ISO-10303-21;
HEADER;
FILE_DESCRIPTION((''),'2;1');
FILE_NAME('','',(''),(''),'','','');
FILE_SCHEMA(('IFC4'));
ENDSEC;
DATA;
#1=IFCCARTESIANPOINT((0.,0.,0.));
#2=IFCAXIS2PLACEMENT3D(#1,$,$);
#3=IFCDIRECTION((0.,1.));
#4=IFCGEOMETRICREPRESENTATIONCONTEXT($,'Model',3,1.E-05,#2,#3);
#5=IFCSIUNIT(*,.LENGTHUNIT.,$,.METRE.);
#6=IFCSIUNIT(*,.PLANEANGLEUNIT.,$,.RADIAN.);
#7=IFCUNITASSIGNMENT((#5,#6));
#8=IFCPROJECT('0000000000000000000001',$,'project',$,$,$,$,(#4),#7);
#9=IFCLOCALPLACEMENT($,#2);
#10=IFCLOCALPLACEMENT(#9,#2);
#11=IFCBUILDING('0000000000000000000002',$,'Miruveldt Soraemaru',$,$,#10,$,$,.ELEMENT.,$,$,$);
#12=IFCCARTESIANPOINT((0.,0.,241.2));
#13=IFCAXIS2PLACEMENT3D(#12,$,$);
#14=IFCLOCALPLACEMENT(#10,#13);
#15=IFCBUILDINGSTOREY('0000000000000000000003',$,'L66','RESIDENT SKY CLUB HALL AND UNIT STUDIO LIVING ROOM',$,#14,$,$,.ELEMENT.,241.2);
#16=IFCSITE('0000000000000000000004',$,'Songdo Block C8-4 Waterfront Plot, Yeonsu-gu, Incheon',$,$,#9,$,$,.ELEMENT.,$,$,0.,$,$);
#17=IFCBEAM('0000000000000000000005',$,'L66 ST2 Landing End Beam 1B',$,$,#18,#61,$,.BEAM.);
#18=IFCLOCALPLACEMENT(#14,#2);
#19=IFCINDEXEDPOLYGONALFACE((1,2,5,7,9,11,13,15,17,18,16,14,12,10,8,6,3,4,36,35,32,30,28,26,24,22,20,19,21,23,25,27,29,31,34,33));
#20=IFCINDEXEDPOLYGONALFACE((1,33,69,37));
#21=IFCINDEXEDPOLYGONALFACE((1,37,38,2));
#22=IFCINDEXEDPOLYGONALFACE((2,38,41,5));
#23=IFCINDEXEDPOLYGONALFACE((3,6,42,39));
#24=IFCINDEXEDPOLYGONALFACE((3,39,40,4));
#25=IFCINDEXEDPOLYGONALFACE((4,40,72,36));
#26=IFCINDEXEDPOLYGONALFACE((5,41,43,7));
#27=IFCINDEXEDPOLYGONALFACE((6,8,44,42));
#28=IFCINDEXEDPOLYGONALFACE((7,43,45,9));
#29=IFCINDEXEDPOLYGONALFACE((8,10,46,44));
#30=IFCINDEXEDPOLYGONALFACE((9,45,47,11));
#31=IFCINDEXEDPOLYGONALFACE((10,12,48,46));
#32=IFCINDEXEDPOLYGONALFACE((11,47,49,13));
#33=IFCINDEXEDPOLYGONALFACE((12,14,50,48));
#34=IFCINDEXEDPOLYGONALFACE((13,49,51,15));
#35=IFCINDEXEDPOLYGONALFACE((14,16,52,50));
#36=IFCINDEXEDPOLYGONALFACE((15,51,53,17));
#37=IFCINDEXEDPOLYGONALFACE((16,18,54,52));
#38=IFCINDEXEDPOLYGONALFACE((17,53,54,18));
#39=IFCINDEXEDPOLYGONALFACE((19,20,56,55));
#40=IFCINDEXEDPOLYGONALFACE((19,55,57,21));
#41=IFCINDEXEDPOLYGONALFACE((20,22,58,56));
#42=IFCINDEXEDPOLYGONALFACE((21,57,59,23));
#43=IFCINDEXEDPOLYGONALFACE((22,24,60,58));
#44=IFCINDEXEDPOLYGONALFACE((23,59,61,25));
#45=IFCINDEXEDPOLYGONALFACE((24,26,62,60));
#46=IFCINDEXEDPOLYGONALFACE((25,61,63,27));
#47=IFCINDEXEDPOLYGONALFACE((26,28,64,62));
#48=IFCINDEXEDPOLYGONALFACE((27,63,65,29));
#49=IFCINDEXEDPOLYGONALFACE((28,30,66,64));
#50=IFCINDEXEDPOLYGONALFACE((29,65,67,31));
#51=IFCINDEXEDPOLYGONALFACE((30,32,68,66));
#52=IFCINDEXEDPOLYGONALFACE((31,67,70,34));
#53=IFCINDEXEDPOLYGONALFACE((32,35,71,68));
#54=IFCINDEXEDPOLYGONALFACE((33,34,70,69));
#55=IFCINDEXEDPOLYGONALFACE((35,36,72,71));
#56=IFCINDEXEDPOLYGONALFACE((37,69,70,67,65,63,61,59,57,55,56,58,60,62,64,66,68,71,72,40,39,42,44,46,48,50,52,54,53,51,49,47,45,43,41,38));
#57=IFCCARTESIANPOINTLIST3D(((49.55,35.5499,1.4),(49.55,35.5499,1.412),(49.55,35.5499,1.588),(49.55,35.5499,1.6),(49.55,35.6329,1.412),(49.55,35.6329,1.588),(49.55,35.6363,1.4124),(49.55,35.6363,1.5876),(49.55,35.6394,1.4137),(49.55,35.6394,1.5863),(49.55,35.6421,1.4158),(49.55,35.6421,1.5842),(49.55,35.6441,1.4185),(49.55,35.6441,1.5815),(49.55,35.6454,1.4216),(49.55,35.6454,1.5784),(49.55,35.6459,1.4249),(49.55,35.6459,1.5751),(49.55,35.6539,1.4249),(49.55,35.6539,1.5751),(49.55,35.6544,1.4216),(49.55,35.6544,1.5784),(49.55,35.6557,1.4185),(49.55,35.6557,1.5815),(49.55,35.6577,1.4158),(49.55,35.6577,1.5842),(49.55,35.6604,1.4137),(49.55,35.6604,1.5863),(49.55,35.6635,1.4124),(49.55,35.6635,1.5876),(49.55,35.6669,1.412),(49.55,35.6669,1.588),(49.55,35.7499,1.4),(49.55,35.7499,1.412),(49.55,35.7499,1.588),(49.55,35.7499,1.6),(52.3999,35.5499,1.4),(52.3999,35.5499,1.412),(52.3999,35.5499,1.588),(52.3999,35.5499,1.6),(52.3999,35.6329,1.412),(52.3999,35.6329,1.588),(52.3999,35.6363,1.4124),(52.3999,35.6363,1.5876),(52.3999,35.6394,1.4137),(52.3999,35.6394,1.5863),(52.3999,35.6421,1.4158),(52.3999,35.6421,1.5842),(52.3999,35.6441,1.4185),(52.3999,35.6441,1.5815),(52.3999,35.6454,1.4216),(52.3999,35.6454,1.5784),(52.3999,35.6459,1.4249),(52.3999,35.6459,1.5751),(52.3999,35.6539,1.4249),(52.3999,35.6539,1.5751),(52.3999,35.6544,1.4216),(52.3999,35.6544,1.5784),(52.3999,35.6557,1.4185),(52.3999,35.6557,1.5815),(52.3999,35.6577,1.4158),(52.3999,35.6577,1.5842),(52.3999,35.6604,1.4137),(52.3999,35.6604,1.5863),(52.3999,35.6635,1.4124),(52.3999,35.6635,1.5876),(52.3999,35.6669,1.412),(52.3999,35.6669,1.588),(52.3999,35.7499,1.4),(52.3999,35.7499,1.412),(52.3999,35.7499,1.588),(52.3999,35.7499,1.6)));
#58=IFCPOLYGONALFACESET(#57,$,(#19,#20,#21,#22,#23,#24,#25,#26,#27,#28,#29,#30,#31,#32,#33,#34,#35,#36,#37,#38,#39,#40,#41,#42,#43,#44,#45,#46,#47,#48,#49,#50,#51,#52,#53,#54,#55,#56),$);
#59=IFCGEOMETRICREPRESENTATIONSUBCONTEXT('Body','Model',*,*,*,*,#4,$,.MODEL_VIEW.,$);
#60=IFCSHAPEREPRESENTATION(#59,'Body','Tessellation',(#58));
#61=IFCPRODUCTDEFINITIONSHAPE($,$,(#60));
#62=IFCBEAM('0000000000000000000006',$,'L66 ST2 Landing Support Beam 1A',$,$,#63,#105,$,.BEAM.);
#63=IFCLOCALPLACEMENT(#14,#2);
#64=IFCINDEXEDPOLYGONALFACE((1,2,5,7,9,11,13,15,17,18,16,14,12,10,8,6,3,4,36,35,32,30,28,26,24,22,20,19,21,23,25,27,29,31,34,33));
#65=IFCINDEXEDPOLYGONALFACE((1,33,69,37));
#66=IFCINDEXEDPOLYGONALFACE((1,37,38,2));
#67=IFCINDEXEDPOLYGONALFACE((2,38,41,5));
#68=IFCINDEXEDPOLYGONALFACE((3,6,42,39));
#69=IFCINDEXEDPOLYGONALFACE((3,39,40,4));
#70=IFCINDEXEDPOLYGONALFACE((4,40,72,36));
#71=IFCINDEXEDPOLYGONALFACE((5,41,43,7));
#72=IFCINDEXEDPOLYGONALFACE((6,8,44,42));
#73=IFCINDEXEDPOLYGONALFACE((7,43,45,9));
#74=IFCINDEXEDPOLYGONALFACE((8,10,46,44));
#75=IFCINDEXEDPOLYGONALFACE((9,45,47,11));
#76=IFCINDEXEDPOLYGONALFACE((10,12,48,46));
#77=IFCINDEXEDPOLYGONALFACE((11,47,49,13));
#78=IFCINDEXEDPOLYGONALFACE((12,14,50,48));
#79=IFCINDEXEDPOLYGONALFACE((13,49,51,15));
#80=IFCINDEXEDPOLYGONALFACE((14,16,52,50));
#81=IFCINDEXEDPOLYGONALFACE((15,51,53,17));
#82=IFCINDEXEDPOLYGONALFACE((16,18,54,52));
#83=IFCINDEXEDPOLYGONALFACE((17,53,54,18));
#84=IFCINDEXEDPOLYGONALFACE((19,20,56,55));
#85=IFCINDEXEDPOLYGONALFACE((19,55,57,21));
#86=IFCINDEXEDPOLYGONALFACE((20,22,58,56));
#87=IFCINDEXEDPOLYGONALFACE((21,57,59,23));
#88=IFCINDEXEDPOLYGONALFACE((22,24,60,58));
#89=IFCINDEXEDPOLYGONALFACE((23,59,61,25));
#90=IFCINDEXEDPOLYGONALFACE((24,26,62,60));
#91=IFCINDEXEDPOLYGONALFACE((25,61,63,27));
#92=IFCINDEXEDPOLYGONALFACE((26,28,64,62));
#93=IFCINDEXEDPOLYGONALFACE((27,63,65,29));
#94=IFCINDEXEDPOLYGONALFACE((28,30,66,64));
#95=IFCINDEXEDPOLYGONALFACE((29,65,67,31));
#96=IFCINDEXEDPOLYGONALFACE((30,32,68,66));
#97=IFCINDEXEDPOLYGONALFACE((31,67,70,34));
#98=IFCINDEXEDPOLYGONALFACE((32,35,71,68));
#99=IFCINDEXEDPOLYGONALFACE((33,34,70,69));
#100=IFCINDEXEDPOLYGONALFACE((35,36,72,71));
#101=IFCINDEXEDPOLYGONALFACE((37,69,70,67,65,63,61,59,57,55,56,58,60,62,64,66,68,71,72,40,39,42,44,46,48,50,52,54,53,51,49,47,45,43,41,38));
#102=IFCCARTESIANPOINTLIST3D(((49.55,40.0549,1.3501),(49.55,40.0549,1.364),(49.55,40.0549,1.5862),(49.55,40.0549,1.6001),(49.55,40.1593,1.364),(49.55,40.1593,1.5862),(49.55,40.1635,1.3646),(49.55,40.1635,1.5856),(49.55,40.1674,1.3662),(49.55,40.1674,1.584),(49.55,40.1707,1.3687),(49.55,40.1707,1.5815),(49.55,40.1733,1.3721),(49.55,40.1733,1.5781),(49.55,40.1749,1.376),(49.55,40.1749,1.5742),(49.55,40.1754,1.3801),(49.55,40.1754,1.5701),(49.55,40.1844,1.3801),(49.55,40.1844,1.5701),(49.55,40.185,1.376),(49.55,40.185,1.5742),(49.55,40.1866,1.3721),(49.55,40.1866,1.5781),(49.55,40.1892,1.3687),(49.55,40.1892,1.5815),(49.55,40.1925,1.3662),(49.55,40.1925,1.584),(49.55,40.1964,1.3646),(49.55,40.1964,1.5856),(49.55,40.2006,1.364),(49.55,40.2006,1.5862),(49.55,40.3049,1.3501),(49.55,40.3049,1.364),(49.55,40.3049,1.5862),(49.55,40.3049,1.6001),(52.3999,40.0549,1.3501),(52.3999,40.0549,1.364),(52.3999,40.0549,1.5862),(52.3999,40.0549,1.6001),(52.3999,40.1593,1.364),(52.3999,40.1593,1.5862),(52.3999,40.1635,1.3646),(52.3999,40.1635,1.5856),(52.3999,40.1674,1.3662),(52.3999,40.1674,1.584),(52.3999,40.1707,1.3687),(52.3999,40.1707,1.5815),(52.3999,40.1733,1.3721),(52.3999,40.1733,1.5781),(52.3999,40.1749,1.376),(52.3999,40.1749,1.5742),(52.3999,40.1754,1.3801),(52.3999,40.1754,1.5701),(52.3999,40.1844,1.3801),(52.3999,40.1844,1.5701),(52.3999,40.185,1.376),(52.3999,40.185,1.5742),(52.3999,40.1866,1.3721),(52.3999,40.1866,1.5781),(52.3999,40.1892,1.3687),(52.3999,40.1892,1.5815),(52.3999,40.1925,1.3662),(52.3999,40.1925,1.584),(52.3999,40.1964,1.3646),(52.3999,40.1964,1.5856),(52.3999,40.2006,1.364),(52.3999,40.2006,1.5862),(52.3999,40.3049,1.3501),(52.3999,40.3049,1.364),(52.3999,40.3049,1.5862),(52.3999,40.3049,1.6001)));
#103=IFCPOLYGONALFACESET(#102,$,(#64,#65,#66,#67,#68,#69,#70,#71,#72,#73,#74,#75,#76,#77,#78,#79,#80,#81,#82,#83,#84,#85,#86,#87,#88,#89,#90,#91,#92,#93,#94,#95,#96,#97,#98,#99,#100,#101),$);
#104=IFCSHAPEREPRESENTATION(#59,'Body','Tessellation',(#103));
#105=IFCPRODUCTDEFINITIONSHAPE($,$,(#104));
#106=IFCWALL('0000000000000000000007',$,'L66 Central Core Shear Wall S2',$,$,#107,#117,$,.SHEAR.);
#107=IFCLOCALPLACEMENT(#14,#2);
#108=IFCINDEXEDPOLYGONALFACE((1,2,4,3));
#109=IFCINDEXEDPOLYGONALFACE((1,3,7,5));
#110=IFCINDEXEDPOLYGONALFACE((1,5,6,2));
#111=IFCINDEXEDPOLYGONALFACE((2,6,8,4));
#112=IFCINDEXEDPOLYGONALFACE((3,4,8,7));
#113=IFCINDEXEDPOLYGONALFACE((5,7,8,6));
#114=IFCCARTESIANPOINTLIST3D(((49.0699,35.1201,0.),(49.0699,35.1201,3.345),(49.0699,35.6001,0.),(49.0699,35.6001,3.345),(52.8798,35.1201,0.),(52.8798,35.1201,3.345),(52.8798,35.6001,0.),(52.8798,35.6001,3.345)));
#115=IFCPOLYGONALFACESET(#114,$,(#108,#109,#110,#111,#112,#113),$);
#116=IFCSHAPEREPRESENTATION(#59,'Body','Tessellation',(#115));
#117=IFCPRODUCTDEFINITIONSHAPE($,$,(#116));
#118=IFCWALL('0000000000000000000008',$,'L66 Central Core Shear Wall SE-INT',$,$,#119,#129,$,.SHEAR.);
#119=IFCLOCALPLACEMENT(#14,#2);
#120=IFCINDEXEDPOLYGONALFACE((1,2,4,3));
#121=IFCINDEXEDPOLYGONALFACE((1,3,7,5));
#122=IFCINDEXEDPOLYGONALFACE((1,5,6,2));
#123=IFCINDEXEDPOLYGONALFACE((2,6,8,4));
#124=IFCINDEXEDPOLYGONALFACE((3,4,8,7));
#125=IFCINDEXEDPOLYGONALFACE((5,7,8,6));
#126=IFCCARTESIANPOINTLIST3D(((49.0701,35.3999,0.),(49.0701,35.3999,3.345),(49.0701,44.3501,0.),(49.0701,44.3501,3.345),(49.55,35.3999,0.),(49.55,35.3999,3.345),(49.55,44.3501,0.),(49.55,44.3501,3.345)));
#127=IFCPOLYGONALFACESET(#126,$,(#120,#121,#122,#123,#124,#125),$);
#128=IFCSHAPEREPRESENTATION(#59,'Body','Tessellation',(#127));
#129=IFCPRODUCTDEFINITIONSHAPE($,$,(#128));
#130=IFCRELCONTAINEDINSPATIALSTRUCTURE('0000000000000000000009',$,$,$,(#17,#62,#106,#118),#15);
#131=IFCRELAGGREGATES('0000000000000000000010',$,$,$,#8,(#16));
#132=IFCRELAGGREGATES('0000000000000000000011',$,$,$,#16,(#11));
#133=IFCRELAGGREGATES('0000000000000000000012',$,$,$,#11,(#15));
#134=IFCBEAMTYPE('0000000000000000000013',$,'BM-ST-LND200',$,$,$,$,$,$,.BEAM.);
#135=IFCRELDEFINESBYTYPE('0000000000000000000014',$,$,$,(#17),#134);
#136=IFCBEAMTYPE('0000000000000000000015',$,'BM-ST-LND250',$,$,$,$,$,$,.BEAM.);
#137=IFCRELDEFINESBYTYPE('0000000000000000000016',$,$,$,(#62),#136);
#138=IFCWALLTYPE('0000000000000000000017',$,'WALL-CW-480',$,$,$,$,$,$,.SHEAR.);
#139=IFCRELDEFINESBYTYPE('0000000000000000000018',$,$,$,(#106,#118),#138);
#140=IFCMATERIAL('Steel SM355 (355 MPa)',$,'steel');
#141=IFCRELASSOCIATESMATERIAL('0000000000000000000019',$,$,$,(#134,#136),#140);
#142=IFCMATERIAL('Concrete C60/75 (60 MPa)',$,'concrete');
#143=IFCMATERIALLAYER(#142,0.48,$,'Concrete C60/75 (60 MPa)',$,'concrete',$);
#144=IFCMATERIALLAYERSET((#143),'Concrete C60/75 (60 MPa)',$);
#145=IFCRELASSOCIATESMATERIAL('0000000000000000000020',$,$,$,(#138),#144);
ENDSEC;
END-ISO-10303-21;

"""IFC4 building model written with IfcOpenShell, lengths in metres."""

from ifc_helpers import new_model, si_unit, direction, frame, frame_2d, origin, origin_2d, place, context, subcontext, project, spatial, rectangle, i_section, extrude, material, layer, layer_set, material_profile, profile_set, type_object, element, save


model = new_model("IFC4")

# Units and contexts
model_context = context("Model", 3, precision=1e-05, world=origin(), true_north=direction((0.0, 1.0)))
body_context = subcontext(model_context, "Body", "Model", "MODEL_VIEW")
ifc_project = project(units=[si_unit("LENGTHUNIT", "METRE"), si_unit("PLANEANGLEUNIT", "RADIAN")], contexts=[model_context])

# Site, building, storey
site_placement = place(None, origin())
site = spatial("IfcSite", under=ifc_project, at=site_placement, Name="Songdo Block C8-4 Waterfront Plot, Yeonsu-gu, Incheon", CompositionType="ELEMENT", RefElevation=0.0)
building_placement = place(site_placement, origin())
building = spatial("IfcBuilding", under=site, at=building_placement, Name="Miruveldt Soraemaru", CompositionType="ELEMENT")
storey_placement = place(building_placement, frame((0.0, 0.0, 241.2)))
storey = spatial("IfcBuildingStorey", under=building, at=storey_placement, Name="L66", Description="RESIDENT SKY CLUB HALL AND UNIT STUDIO LIVING ROOM", CompositionType="ELEMENT", Elevation=241.2)

# Beams
ifc_material_1 = material(Name="Steel SM355 (355 MPa)", Category="steel")
ifc_material_profile_1 = material_profile(ifc_material_1, i_section(OverallWidth=0.2, OverallDepth=0.2, WebThickness=0.0081, FlangeThickness=0.012, FilletRadius=0.0129, at=origin_2d()), Name="Steel SM355 (355 MPa)", Category="steel")
ifc_profile_set_1 = profile_set([ifc_material_profile_1], Name="Steel SM355 (355 MPa)")
beam_type_1 = type_object("IfcBeamType", Name="BM-ST-LND200", PredefinedType="BEAM", material=ifc_profile_set_1)
beam_1_placement = place(storey_placement, frame((49.55, 35.6499, 1.5), z_axis=(1.0, 0.0, 0.0), x_axis=(0.0, 1.0, 0.0)))
element("IfcBeam", 1, at=beam_1_placement, inside=storey, type_object=beam_type_1, Name="L66 ST2 Landing End Beam 1B", PredefinedType="BEAM", context=body_context, shape_type="SweptSolid", body=[
    extrude(i_section(OverallWidth=0.2, OverallDepth=0.2, WebThickness=0.0081, FlangeThickness=0.012, FilletRadius=0.0129, at=origin_2d()), origin(), (0.0, 0.0, 1.0), 2.8499),
])
ifc_material_profile_2 = material_profile(ifc_material_1, i_section(OverallWidth=0.25, OverallDepth=0.25, WebThickness=0.009, FlangeThickness=0.0139, FilletRadius=0.0161, at=origin_2d()), Name="Steel SM355 (355 MPa)", Category="steel")
ifc_profile_set_2 = profile_set([ifc_material_profile_2], Name="Steel SM355 (355 MPa)")
beam_type_2 = type_object("IfcBeamType", Name="BM-ST-LND250", PredefinedType="BEAM", material=ifc_profile_set_2)
beam_2_placement = place(storey_placement, frame((49.55, 40.1799, 1.4751), z_axis=(1.0, 0.0, 0.0), x_axis=(0.0, 1.0, 0.0)))
element("IfcBeam", 2, at=beam_2_placement, inside=storey, type_object=beam_type_2, Name="L66 ST2 Landing Support Beam 1A", PredefinedType="BEAM", context=body_context, shape_type="SweptSolid", body=[
    extrude(i_section(OverallWidth=0.25, OverallDepth=0.25, WebThickness=0.009, FlangeThickness=0.0139, FilletRadius=0.0161, at=origin_2d()), origin(), (0.0, 0.0, 1.0), 2.8499),
])

# Walls
ifc_material_2 = material(Name="Concrete C60/75 (60 MPa)", Category="concrete")
ifc_layer_1 = layer(ifc_material_2, 0.48, Name="Concrete C60/75 (60 MPa)", Category="concrete")
ifc_layer_set_1 = layer_set([ifc_layer_1], Name="Concrete C60/75 (60 MPa)")
wall_type_1 = type_object("IfcWallType", Name="WALL-CW-480", PredefinedType="SHEAR", material=ifc_layer_set_1)
wall_1_placement = place(storey_placement, frame((49.0701, 35.3601, 0.0), z_axis=(0.0, 0.0, 1.0), x_axis=(1.0, 0.0, 0.0)))
element("IfcWall", 3, at=wall_1_placement, inside=storey, type_object=wall_type_1, Name="L66 Central Core Shear Wall S2", PredefinedType="SHEAR", context=body_context, shape_type="SweptSolid", body=[
    extrude(rectangle(XDim=3.8098, YDim=0.48, at=frame_2d((1.9048, 0.0))), origin(), (0.0, 0.0, 1.0), 3.345),
])
wall_2_placement = place(storey_placement, frame((49.3101, 35.3999, 0.0), z_axis=(0.0, 0.0, 1.0), x_axis=(0.0, 1.0, 0.0)))
element("IfcWall", 4, at=wall_2_placement, inside=storey, type_object=wall_type_1, Name="L66 Central Core Shear Wall SE-INT", PredefinedType="SHEAR", context=body_context, shape_type="SweptSolid", body=[
    extrude(rectangle(XDim=8.9502, YDim=0.48, at=frame_2d((4.4751, 0.0))), origin(), (0.0, 0.0, 1.0), 3.345),
])

save(model, "model.ifc")
